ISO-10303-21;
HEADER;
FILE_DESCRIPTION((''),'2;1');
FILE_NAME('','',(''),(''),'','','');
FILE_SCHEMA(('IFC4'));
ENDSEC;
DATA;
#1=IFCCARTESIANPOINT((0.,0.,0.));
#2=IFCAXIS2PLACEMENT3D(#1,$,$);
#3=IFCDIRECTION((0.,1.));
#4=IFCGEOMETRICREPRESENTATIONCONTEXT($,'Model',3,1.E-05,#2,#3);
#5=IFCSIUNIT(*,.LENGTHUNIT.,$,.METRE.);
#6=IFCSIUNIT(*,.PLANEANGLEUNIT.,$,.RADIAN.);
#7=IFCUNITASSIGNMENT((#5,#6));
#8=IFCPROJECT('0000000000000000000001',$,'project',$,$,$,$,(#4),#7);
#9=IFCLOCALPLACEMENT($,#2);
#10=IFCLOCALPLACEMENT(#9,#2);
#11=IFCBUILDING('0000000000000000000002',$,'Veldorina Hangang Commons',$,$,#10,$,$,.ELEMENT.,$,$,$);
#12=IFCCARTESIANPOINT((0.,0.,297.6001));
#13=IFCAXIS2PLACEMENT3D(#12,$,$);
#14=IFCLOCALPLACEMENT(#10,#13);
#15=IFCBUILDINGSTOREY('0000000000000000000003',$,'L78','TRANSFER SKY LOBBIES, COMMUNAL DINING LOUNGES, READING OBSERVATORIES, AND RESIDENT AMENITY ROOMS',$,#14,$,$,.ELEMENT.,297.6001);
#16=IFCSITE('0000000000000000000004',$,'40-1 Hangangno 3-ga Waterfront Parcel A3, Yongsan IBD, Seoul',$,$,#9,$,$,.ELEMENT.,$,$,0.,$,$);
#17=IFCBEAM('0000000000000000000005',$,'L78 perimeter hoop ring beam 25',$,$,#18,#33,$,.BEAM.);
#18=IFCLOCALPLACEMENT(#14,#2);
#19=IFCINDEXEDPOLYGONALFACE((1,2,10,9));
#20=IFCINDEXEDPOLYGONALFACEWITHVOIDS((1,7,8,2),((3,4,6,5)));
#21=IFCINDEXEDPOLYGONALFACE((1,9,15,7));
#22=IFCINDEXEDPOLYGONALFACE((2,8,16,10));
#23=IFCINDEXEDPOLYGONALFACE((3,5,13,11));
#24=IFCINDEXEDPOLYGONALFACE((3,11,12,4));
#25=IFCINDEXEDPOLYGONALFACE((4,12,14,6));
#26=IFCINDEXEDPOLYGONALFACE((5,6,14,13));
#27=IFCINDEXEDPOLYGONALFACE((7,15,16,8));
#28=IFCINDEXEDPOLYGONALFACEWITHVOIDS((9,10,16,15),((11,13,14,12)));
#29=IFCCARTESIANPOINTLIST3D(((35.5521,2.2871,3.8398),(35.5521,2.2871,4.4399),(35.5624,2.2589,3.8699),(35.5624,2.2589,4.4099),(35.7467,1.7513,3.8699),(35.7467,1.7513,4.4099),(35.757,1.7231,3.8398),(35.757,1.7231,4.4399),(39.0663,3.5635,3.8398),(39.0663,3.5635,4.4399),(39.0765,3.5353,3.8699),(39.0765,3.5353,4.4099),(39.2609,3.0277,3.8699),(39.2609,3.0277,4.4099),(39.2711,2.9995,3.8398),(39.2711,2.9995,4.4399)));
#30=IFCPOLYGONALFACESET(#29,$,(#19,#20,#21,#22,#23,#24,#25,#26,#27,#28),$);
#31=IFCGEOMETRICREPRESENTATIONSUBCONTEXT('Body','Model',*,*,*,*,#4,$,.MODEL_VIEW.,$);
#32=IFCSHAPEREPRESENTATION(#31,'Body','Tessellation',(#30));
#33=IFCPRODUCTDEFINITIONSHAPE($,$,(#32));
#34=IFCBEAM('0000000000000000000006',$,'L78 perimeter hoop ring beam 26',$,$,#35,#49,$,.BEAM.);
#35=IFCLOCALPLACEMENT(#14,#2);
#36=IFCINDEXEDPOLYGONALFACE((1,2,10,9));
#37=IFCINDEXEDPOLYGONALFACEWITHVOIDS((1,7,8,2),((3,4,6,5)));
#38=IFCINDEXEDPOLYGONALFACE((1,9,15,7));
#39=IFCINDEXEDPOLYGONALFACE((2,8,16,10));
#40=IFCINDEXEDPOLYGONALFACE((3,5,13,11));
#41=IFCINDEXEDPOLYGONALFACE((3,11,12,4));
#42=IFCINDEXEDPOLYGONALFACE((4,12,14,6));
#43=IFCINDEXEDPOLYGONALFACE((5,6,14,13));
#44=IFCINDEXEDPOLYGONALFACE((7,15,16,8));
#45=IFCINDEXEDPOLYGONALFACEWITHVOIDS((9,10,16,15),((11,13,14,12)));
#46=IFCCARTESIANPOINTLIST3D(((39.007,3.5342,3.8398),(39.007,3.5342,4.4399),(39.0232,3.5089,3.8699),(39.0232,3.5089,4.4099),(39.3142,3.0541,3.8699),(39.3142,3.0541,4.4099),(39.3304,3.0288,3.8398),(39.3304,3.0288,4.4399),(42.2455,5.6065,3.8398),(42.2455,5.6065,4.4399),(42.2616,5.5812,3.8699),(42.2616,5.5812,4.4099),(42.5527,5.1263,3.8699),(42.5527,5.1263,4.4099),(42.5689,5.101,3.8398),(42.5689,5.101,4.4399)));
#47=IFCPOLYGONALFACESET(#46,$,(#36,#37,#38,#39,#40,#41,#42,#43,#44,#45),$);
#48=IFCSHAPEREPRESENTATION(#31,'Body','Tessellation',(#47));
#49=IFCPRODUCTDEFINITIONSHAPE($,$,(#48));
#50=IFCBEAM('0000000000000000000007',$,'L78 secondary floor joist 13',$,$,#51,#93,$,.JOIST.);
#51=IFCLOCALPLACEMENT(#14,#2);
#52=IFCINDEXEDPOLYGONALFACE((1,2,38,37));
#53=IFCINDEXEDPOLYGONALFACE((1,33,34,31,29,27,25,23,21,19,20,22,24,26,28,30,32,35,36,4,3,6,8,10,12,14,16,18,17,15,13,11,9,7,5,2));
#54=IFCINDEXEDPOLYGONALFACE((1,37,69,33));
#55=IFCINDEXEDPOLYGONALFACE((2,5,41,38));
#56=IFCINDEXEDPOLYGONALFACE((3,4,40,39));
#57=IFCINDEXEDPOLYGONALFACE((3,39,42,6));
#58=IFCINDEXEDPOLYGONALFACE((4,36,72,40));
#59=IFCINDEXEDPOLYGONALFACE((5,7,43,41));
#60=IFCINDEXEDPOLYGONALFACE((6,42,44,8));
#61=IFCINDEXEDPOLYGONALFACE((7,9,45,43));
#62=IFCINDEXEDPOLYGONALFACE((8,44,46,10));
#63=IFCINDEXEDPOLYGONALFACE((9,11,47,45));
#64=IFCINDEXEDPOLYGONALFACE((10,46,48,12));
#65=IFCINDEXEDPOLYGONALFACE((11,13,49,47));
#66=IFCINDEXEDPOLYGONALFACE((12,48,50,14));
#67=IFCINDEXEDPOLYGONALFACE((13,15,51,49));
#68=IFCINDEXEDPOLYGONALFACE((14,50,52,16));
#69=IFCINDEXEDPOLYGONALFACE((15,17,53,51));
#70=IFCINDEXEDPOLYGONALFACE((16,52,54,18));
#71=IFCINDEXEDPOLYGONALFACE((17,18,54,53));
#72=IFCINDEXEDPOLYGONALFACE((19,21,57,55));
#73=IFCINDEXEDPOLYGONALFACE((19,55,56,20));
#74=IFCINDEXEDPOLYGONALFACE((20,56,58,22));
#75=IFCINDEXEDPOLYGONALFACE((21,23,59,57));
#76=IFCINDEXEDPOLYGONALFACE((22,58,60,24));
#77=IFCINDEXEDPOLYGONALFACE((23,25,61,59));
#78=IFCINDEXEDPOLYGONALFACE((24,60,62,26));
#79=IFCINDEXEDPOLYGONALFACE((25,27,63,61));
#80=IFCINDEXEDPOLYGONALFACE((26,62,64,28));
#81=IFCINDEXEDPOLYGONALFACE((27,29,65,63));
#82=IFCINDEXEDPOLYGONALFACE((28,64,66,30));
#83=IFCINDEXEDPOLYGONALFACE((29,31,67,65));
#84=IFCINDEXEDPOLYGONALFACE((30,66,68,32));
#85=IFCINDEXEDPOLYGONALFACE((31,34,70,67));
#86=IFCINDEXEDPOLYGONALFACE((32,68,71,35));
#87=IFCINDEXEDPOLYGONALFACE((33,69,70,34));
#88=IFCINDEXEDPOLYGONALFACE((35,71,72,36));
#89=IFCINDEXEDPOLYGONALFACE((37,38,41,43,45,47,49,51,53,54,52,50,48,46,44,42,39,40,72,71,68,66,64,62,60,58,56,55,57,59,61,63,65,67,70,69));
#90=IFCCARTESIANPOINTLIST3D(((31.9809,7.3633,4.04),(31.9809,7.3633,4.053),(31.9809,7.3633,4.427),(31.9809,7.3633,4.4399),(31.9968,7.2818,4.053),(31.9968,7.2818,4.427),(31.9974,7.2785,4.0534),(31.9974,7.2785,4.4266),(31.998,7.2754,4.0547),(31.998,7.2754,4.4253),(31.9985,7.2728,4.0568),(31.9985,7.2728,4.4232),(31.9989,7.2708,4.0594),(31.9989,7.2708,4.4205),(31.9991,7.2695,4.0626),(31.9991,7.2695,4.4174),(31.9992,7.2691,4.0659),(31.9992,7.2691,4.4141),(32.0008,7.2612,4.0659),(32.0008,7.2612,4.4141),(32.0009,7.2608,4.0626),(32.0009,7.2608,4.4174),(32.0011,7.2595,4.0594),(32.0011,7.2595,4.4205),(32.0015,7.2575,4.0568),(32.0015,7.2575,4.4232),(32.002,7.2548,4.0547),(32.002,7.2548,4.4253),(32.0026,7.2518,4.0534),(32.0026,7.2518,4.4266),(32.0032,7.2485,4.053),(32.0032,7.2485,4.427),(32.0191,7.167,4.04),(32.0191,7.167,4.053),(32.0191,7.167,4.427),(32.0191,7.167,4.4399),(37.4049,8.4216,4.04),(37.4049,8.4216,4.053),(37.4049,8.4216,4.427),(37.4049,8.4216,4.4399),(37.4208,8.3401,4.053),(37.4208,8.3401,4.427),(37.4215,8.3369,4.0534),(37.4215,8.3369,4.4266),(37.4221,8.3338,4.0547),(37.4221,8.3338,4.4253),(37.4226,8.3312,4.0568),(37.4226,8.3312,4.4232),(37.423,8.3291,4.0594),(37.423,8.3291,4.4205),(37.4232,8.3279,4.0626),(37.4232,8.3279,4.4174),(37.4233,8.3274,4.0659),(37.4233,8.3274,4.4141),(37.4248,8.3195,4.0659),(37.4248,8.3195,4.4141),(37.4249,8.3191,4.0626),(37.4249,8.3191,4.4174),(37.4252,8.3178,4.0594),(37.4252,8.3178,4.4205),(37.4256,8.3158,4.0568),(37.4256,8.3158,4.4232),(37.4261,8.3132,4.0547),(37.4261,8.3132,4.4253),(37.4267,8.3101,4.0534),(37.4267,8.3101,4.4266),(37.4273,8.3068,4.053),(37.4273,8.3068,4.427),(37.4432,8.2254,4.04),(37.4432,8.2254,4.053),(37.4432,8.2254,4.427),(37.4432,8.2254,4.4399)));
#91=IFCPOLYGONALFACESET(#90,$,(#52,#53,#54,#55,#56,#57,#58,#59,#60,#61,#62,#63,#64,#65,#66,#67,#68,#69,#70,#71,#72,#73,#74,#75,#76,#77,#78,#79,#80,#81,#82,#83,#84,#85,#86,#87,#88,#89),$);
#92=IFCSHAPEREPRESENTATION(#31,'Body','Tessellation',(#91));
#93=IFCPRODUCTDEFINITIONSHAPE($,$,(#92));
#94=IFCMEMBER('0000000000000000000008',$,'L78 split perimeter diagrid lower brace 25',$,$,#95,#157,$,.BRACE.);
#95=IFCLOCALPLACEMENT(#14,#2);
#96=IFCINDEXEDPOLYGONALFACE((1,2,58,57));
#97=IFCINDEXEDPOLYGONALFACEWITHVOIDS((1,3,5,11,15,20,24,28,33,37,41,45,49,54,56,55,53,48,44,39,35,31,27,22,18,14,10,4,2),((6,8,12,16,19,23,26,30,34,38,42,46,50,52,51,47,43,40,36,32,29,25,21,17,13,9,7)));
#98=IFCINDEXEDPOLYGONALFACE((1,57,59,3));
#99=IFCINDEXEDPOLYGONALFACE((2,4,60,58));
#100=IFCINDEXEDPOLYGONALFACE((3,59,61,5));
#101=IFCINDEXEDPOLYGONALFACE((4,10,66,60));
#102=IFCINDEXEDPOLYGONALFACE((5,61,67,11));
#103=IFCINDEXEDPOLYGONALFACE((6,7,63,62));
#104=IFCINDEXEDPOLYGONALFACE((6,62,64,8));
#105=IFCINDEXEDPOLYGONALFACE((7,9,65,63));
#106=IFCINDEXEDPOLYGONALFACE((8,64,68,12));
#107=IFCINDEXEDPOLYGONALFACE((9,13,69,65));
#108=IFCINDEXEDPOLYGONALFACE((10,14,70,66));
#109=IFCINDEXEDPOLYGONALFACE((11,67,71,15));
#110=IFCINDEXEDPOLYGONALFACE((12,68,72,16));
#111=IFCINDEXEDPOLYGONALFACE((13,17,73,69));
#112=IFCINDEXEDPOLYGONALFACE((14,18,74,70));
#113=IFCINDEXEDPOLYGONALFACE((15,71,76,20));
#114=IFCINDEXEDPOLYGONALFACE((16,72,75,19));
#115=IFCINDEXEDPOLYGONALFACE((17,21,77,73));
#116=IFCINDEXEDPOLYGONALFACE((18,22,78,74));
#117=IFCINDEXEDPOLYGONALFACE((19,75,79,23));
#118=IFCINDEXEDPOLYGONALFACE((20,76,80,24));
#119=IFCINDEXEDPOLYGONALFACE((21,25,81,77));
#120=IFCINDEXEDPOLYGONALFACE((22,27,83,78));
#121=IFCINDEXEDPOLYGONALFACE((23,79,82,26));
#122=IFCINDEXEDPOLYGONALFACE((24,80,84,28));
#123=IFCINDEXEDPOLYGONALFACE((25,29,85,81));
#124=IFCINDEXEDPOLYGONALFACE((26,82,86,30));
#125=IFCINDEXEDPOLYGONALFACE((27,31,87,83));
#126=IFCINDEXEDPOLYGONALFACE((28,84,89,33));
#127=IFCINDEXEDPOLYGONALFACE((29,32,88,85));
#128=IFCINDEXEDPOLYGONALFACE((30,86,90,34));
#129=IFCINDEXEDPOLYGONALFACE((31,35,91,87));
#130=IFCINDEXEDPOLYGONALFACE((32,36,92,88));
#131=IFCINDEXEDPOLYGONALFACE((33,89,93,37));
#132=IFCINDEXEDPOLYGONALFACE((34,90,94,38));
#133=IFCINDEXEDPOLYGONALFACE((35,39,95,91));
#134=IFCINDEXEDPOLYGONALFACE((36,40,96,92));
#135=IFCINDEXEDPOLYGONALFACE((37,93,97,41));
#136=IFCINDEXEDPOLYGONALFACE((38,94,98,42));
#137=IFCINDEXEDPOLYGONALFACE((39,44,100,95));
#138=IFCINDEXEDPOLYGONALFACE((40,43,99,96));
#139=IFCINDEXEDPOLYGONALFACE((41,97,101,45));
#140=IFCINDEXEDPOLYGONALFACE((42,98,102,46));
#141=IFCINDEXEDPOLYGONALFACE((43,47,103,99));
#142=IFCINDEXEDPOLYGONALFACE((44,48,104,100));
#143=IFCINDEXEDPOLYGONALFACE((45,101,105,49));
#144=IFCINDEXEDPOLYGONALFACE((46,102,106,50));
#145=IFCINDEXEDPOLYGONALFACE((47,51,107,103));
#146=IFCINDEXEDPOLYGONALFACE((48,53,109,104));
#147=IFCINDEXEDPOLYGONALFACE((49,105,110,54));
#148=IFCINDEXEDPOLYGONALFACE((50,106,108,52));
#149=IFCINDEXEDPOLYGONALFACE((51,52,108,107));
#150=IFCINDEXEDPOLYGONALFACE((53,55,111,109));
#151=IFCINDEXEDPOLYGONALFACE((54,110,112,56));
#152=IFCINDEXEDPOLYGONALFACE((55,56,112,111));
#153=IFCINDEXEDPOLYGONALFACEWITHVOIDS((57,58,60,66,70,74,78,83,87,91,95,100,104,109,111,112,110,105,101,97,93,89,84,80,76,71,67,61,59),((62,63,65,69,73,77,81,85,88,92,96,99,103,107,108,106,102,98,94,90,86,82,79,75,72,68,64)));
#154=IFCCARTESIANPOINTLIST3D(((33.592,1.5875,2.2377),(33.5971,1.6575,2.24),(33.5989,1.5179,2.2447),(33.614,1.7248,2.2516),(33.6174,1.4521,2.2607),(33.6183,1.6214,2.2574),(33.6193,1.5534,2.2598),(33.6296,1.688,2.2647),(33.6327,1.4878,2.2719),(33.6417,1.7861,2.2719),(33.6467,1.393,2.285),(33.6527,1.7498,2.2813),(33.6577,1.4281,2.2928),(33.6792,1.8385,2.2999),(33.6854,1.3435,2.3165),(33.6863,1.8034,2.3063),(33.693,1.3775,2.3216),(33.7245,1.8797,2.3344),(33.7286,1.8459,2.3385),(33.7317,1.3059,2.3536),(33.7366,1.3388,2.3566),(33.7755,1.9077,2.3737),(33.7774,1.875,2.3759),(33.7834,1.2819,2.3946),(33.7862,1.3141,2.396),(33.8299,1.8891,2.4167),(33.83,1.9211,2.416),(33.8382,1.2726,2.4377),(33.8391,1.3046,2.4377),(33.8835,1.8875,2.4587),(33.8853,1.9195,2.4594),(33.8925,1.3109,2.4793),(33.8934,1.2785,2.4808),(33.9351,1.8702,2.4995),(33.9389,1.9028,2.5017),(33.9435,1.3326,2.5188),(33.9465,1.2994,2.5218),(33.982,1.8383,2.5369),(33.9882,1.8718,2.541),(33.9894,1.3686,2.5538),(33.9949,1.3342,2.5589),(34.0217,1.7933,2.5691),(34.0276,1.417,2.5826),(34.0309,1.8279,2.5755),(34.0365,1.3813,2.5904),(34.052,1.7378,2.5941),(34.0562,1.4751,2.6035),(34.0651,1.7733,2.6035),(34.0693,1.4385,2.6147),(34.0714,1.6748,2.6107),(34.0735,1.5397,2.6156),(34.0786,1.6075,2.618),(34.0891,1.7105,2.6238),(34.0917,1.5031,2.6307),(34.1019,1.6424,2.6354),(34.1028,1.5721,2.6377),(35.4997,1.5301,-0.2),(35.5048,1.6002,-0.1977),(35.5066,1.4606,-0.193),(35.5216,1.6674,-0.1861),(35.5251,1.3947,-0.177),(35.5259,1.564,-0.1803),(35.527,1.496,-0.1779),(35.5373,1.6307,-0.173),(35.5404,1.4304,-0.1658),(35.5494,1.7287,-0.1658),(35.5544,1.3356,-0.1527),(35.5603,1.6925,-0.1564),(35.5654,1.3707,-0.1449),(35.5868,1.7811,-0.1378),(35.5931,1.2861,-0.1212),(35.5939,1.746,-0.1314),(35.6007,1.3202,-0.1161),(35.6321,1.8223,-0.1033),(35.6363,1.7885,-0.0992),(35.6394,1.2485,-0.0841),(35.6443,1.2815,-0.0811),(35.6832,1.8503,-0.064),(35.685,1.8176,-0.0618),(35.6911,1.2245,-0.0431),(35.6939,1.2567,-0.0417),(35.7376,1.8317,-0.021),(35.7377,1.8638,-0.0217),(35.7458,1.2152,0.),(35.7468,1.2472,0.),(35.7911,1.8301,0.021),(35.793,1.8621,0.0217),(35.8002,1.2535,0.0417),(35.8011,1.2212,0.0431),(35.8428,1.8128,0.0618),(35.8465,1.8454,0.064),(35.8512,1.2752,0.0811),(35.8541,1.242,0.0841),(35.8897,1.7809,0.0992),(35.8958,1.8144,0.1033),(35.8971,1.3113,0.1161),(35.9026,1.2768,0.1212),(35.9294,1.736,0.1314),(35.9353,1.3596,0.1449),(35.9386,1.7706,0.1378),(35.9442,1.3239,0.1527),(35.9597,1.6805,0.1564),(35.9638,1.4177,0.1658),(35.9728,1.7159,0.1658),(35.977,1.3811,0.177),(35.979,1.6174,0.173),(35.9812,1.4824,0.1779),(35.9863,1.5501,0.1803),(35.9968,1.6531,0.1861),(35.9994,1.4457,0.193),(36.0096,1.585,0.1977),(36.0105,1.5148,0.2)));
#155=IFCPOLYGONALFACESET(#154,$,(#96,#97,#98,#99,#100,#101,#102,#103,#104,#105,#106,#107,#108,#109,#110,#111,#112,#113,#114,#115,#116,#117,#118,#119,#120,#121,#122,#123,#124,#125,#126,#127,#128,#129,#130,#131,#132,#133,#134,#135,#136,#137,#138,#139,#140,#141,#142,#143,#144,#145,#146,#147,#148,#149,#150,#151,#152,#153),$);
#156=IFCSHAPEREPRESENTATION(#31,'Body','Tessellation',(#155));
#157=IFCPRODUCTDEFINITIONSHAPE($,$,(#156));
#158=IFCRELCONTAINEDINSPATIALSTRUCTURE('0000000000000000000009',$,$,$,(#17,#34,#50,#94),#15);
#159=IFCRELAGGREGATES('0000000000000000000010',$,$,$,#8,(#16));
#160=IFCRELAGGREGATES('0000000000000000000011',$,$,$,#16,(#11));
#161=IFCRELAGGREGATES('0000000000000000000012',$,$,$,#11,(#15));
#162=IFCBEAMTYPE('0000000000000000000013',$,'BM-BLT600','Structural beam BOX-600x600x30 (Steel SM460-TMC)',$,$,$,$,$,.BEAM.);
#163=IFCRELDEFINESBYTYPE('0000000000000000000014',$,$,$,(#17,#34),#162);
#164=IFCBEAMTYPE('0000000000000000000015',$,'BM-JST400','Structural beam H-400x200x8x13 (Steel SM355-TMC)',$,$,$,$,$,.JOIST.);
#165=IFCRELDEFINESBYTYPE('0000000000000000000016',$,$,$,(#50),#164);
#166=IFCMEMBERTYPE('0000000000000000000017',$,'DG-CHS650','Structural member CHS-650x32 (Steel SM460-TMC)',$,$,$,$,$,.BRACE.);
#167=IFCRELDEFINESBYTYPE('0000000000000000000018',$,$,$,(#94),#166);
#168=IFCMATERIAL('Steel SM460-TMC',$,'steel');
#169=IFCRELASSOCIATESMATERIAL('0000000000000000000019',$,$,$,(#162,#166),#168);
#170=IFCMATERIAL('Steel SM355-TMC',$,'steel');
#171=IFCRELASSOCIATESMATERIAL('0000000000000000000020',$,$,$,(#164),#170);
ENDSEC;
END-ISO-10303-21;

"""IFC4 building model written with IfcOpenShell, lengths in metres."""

from ifc_helpers import new_model, si_unit, direction, frame, origin, origin_2d, place, context, subcontext, project, spatial, hollow_rectangle, hollow_circle, i_section, extrude, material, material_profile, profile_set, type_object, element, save


model = new_model("IFC4")

# Units and contexts
model_context = context("Model", 3, precision=1e-05, world=origin(), true_north=direction((0.0, 1.0)))
body_context = subcontext(model_context, "Body", "Model", "MODEL_VIEW")
ifc_project = project(units=[si_unit("LENGTHUNIT", "METRE"), si_unit("PLANEANGLEUNIT", "RADIAN")], contexts=[model_context])

# Site, building, storey
site_placement = place(None, origin())
site = spatial("IfcSite", under=ifc_project, at=site_placement, Name="40-1 Hangangno 3-ga Waterfront Parcel A3, Yongsan IBD, Seoul", CompositionType="ELEMENT", RefElevation=0.0)
building_placement = place(site_placement, origin())
building = spatial("IfcBuilding", under=site, at=building_placement, Name="Veldorina Hangang Commons", CompositionType="ELEMENT")
storey_placement = place(building_placement, frame((0.0, 0.0, 297.6001)))
storey = spatial("IfcBuildingStorey", under=building, at=storey_placement, Name="L78", Description="TRANSFER SKY LOBBIES, COMMUNAL DINING LOUNGES, READING OBSERVATORIES, AND RESIDENT AMENITY ROOMS", CompositionType="ELEMENT", Elevation=297.6001)

# Beams
ifc_material_1 = material(Name="Steel SM460-TMC", Category="steel")
ifc_material_profile_1 = material_profile(ifc_material_1, hollow_rectangle(XDim=0.6001, YDim=0.6001, WallThickness=0.03, at=origin_2d()), Name="BOX-600x600x30")
ifc_profile_set_1 = profile_set([ifc_material_profile_1], Name="Steel SM460-TMC")
beam_type_1 = type_object("IfcBeamType", Name="BM-BLT600", Description="Structural beam BOX-600x600x30 (Steel SM460-TMC)", PredefinedType="BEAM", material=ifc_profile_set_1)
beam_1_placement = place(storey_placement, frame((35.6545, 2.0051, 4.1399), z_axis=(0.939923, 0.341387, 0.0), x_axis=(-0.341387, 0.939923, 0.0)))
element("IfcBeam", 1, at=beam_1_placement, inside=storey, type_object=beam_type_1, Name="L78 perimeter hoop ring beam 25", PredefinedType="BEAM", context=body_context, shape_type="SweptSolid", body=[
    extrude(hollow_rectangle(XDim=0.6001, YDim=0.6001, WallThickness=0.03, at=origin_2d()), origin(), (0.0, 0.0, 1.0), 3.7388),
])
beam_2_placement = place(storey_placement, frame((39.1687, 3.2815, 4.1399), z_axis=(0.842318, 0.538982, 0.0), x_axis=(-0.538982, 0.842318, 0.0)))
element("IfcBeam", 2, at=beam_2_placement, inside=storey, type_object=beam_type_1, Name="L78 perimeter hoop ring beam 26", PredefinedType="BEAM", context=body_context, shape_type="SweptSolid", body=[
    extrude(hollow_rectangle(XDim=0.6001, YDim=0.6001, WallThickness=0.03, at=origin_2d()), origin(), (0.0, 0.0, 1.0), 3.8447),
])
ifc_material_2 = material(Name="Steel SM355-TMC", Category="steel")
ifc_material_profile_2 = material_profile(ifc_material_2, i_section(OverallWidth=0.2, OverallDepth=0.3999, WebThickness=0.0081, FlangeThickness=0.0129, FilletRadius=0.0129, at=origin_2d()), Name="H-400x200x8x13")
ifc_profile_set_2 = profile_set([ifc_material_profile_2], Name="Steel SM355-TMC")
beam_type_2 = type_object("IfcBeamType", Name="BM-JST400", Description="Structural beam H-400x200x8x13 (Steel SM355-TMC)", PredefinedType="JOIST", material=ifc_profile_set_2)
beam_3_placement = place(storey_placement, frame((32.0, 7.2651, 4.24), z_axis=(0.981491, 0.191509, 0.0), x_axis=(-0.191509, 0.981491, 0.0)))
element("IfcBeam", 3, at=beam_3_placement, inside=storey, type_object=beam_type_2, Name="L78 secondary floor joist 13", PredefinedType="JOIST", context=body_context, shape_type="SweptSolid", body=[
    extrude(i_section(OverallWidth=0.2, OverallDepth=0.3999, WebThickness=0.0081, FlangeThickness=0.0129, FilletRadius=0.0129, at=origin_2d()), origin(), (0.0, 0.0, 1.0), 5.5264),
])

# Member
ifc_material_profile_3 = material_profile(ifc_material_1, hollow_circle(Radius=0.325, WallThickness=0.032, at=origin_2d()), Name="CHS-650x32")
ifc_profile_set_3 = profile_set([ifc_material_profile_3], Name="Steel SM460-TMC")
member_type_1 = type_object("IfcMemberType", Name="DG-CHS650", Description="Structural member CHS-650x32 (Steel SM460-TMC)", PredefinedType="BRACE", material=ifc_profile_set_3)
member_1_placement = place(storey_placement, frame((35.7556, 1.54, 0.0), z_axis=(-0.616185, 0.018531, 0.787383), x_axis=(-0.030061, -0.999548, 0.0)))
element("IfcMember", 4, at=member_1_placement, inside=storey, type_object=member_type_1, Name="L78 split perimeter diagrid lower brace 25", PredefinedType="BRACE", context=body_context, shape_type="SweptSolid", body=[
    extrude(hollow_circle(Radius=0.325, WallThickness=0.032, at=origin_2d()), origin(), (0.0, 0.0, 1.0), 3.0959),
])

save(model, "model.ifc")
